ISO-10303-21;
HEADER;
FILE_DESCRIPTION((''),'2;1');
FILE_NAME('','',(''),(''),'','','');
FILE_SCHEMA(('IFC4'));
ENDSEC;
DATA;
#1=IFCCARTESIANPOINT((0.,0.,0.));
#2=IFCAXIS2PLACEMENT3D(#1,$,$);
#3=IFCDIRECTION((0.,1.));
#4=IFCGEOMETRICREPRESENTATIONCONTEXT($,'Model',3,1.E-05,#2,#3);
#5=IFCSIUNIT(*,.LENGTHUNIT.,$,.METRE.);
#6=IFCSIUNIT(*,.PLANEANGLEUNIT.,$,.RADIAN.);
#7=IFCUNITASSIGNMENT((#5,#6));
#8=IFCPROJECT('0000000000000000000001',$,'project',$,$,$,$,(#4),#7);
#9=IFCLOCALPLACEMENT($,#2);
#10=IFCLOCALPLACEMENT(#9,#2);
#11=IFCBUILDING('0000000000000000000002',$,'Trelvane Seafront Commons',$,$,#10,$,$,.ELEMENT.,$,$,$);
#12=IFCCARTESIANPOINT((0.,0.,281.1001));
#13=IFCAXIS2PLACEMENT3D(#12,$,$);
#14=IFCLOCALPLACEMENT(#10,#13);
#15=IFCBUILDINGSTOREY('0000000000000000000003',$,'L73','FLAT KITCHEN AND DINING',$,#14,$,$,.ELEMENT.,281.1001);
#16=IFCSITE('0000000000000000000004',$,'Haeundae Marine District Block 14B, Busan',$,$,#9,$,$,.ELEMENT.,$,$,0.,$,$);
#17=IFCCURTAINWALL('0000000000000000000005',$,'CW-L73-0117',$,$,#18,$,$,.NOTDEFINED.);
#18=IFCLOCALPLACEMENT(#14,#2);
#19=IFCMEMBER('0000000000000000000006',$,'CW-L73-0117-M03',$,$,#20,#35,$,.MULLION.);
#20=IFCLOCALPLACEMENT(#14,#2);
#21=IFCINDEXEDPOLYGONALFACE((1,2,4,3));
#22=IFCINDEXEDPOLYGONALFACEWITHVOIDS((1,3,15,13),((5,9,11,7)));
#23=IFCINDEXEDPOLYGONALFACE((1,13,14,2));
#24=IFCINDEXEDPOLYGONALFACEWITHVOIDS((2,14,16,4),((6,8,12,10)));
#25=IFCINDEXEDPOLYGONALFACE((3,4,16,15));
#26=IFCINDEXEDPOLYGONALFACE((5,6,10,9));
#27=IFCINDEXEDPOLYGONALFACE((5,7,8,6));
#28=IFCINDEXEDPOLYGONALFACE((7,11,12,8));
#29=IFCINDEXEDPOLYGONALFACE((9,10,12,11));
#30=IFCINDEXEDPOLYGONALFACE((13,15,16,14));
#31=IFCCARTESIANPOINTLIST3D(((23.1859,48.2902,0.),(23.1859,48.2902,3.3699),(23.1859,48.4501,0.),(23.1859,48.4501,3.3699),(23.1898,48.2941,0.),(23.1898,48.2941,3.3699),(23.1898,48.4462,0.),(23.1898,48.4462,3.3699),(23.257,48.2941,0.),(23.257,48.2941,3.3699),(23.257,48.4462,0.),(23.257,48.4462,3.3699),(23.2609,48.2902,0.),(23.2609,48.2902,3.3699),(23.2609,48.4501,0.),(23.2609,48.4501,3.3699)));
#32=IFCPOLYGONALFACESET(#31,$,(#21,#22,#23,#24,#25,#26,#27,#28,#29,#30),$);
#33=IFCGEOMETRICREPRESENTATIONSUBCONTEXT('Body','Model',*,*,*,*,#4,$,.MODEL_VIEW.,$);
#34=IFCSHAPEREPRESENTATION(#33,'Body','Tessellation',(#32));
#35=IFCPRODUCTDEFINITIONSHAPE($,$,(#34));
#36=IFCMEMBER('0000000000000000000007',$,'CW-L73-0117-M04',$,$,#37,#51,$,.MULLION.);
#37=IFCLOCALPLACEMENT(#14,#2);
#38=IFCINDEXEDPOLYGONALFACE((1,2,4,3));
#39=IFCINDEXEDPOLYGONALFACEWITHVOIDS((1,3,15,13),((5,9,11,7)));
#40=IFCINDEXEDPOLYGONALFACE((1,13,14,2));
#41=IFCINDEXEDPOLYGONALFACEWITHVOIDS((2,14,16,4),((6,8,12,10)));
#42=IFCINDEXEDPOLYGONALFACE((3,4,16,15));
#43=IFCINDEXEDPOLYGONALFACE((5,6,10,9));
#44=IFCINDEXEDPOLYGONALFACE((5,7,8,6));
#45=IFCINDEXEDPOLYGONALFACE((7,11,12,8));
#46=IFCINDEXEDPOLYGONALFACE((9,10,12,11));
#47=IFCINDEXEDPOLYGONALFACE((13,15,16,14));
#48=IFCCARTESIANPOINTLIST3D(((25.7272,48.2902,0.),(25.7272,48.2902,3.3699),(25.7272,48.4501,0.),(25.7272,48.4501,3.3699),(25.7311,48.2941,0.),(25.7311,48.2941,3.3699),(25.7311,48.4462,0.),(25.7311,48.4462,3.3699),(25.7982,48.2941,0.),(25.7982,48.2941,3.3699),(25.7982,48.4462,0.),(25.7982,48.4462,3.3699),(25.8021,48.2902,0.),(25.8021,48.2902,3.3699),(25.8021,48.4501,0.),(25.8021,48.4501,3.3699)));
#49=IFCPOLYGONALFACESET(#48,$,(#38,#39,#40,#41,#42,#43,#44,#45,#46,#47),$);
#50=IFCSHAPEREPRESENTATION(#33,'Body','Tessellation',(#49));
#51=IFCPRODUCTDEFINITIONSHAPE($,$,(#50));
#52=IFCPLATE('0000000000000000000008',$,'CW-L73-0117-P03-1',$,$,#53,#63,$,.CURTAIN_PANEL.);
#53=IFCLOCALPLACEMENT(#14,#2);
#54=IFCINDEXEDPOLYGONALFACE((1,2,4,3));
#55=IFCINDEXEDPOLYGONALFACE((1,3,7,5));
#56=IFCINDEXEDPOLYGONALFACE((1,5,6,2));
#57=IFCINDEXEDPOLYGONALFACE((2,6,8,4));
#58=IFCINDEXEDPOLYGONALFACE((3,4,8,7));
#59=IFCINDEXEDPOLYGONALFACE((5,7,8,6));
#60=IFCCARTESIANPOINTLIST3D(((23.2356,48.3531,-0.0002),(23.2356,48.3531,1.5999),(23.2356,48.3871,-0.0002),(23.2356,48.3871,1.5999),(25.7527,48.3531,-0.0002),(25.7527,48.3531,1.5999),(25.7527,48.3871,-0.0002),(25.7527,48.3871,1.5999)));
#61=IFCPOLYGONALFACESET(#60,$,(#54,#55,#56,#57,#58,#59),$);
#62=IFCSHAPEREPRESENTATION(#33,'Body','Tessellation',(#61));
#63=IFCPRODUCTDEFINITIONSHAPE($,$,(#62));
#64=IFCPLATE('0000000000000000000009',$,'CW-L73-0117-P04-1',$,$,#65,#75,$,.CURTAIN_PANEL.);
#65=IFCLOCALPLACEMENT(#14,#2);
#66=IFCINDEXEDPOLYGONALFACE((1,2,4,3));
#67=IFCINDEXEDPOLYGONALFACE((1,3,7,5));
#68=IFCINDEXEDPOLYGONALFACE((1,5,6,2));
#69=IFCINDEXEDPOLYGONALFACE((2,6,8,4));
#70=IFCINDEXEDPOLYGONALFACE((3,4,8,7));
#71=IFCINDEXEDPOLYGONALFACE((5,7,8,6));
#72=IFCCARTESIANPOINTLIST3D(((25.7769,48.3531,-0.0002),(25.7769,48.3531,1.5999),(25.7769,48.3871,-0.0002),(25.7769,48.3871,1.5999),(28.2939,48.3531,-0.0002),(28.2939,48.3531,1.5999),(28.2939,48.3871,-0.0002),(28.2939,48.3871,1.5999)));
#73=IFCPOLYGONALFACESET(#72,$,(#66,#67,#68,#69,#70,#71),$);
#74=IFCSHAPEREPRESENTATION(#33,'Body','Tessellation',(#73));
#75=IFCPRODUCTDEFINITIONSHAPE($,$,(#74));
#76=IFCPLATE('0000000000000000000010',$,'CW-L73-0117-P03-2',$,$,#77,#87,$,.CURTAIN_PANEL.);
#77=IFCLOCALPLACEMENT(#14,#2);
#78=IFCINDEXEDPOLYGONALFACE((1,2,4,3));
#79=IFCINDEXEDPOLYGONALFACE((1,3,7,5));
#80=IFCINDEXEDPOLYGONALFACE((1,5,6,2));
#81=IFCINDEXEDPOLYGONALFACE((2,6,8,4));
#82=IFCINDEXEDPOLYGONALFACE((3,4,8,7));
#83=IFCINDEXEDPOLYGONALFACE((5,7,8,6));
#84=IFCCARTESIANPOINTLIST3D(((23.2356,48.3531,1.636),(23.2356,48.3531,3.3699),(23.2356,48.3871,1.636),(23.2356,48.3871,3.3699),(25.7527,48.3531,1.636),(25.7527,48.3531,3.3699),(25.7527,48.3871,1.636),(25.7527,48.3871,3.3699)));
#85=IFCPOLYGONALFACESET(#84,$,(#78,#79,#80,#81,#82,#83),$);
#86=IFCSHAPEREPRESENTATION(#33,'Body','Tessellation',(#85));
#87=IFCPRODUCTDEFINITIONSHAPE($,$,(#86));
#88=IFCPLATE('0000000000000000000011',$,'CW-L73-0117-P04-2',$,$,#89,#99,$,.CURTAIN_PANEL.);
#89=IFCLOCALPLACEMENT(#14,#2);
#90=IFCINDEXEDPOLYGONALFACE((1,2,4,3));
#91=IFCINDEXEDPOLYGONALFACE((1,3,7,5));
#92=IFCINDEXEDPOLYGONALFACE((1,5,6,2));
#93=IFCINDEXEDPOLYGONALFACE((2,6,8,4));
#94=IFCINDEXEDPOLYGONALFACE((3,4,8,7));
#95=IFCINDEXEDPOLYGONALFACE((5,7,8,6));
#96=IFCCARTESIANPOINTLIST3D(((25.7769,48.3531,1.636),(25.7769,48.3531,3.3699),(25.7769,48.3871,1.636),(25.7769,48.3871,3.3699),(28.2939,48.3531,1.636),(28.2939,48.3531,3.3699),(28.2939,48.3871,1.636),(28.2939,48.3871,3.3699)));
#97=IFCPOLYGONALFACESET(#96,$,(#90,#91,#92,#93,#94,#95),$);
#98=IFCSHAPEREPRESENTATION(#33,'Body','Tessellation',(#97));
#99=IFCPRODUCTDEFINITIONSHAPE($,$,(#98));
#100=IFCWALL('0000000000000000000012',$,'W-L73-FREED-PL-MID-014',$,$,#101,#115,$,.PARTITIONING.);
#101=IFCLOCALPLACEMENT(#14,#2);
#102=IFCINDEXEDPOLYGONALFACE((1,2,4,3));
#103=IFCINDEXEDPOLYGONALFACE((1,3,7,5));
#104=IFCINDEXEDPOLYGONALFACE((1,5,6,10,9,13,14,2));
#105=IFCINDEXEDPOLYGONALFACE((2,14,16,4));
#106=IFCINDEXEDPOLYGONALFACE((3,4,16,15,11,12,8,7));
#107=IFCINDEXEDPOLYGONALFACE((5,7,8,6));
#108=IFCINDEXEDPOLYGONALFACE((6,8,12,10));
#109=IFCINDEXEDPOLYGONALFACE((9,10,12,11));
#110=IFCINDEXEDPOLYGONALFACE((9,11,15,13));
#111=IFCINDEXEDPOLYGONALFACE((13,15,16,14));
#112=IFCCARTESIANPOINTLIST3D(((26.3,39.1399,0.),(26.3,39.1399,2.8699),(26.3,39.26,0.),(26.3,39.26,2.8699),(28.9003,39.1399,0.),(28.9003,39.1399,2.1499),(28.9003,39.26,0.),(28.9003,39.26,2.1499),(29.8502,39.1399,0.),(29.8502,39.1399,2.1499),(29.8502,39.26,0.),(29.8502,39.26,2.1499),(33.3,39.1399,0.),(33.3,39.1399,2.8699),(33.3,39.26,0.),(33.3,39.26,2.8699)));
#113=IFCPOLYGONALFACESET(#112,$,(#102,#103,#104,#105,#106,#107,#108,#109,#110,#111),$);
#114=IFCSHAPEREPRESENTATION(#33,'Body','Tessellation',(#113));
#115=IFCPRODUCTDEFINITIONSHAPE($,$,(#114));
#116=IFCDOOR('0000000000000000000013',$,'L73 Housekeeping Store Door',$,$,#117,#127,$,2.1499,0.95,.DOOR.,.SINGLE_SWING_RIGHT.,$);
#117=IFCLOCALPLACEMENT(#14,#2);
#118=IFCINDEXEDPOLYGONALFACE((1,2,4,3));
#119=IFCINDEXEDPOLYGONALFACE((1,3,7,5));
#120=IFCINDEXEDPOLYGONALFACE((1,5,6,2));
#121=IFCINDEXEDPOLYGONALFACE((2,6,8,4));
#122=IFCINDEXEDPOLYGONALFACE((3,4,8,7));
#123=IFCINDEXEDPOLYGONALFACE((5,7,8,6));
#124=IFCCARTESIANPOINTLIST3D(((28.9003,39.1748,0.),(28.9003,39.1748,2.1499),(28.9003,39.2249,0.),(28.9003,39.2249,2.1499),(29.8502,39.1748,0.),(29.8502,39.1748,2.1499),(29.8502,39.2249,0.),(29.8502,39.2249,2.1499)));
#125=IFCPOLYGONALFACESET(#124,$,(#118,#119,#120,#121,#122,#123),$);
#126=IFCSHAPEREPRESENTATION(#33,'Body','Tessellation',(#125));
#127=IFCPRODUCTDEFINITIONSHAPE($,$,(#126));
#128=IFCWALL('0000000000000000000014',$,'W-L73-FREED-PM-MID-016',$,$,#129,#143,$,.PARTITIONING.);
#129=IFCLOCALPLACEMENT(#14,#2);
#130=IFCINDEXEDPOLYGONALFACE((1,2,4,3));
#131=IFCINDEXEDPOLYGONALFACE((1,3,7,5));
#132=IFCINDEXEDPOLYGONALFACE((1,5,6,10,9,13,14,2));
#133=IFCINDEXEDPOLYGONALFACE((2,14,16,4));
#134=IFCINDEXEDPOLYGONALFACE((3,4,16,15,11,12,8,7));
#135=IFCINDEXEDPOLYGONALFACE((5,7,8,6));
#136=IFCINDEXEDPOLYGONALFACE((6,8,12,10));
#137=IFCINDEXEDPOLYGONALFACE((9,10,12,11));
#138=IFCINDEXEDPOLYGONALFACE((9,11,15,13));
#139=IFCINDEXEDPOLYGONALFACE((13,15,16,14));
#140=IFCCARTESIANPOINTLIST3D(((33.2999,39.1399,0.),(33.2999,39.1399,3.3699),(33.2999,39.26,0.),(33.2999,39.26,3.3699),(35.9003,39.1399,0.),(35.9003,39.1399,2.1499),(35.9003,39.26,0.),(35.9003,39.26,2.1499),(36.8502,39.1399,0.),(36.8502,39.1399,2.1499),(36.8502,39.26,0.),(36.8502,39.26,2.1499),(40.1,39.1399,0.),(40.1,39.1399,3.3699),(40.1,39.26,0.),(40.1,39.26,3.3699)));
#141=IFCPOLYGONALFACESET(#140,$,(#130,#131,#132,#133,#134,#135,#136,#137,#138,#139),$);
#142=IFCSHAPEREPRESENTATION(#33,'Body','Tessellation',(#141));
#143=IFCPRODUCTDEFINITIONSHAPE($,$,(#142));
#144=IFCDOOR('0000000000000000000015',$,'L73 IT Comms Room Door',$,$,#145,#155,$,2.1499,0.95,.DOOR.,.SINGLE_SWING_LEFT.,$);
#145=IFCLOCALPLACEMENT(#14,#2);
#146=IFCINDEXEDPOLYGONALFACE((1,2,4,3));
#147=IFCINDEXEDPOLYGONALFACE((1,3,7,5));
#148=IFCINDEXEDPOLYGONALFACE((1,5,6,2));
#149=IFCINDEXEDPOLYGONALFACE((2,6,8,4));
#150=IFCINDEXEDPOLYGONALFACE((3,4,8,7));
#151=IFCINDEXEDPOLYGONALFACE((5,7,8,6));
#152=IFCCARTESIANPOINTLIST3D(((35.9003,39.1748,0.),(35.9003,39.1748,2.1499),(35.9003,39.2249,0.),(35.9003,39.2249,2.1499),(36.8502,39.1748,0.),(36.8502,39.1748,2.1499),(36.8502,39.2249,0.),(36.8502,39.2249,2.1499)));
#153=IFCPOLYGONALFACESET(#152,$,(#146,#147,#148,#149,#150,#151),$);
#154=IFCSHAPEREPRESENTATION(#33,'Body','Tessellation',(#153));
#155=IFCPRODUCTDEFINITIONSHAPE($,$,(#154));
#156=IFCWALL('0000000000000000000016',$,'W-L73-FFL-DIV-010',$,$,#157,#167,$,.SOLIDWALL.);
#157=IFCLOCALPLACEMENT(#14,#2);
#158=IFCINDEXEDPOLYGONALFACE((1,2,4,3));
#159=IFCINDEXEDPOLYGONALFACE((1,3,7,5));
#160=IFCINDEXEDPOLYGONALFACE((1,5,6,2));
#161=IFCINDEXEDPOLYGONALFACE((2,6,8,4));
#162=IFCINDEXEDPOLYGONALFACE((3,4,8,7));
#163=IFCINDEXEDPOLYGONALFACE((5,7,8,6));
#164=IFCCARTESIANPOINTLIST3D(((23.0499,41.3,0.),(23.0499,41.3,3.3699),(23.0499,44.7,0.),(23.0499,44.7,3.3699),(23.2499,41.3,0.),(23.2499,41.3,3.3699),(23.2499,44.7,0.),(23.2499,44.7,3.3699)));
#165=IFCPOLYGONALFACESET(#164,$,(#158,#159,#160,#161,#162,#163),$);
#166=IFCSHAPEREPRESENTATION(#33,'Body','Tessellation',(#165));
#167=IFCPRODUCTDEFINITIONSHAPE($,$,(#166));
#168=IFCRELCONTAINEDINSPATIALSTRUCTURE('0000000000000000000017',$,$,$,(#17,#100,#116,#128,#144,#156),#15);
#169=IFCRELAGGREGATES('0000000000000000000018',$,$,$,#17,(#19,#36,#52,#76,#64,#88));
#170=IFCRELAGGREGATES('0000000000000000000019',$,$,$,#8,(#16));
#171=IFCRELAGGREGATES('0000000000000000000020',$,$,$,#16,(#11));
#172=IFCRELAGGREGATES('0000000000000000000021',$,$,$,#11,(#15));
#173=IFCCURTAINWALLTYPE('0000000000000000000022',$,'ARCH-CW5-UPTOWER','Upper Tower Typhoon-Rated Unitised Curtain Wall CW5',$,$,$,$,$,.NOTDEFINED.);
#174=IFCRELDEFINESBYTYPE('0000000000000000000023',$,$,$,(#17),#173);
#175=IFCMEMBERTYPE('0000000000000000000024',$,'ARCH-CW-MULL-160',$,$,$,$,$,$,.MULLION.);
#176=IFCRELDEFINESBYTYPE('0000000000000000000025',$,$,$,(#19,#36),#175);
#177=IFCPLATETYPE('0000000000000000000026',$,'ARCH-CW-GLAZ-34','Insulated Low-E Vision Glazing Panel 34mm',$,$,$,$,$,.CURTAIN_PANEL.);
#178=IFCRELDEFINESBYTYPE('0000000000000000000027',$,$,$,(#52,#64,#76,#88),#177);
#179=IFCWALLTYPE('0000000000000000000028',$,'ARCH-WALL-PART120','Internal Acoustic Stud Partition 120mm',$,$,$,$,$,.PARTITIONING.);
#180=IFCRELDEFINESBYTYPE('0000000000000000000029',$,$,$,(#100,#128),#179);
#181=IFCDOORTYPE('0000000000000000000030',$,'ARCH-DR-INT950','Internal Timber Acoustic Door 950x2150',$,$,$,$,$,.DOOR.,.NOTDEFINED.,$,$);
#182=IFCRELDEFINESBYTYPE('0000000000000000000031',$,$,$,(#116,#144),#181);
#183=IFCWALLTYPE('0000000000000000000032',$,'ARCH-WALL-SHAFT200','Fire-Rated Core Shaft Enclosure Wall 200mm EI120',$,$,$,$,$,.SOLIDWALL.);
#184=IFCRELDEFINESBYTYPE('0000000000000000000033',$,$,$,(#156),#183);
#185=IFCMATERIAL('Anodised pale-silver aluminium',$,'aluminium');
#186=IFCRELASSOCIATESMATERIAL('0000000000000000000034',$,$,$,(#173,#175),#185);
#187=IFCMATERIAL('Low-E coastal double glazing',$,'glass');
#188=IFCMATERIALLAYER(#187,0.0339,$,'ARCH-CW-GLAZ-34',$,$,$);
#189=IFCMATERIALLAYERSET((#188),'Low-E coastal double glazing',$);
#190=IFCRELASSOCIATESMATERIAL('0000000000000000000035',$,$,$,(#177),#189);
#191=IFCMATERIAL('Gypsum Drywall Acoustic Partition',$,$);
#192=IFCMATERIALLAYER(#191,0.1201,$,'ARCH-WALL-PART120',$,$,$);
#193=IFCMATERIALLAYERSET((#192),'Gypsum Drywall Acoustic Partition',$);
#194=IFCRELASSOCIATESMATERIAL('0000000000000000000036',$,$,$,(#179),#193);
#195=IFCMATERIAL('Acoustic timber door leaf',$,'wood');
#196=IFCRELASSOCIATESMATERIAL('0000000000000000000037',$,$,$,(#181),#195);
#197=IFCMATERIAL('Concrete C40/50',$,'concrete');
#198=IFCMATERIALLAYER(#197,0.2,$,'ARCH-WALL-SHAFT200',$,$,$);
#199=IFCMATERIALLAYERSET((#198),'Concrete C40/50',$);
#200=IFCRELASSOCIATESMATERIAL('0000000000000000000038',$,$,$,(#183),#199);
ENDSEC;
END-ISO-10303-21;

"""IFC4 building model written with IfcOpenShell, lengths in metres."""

from ifc_helpers import new_model, si_unit, direction, frame, frame_2d, origin, origin_2d, place, context, subcontext, project, spatial, rectangle, hollow_rectangle, extrude, source, transform, mapped, material, layer, layer_set, material_profile, profile_set, type_object, element, fill, aggregate, save


model = new_model("IFC4")

# Units and contexts
model_context = context("Model", 3, precision=1e-05, world=origin(), true_north=direction((0.0, 1.0)))
body_context = subcontext(model_context, "Body", "Model", "MODEL_VIEW")
ifc_project = project(units=[si_unit("LENGTHUNIT", "METRE"), si_unit("PLANEANGLEUNIT", "RADIAN")], contexts=[model_context])

# Site, building, storey
site_placement = place(None, origin())
site = spatial("IfcSite", under=ifc_project, at=site_placement, Name="Haeundae Marine District Block 14B, Busan", CompositionType="ELEMENT", RefElevation=0.0)
building_placement = place(site_placement, origin())
building = spatial("IfcBuilding", under=site, at=building_placement, Name="Trelvane Seafront Commons", CompositionType="ELEMENT")
storey_placement = place(building_placement, frame((0.0, 0.0, 281.1001)))
storey = spatial("IfcBuildingStorey", under=building, at=storey_placement, Name="L73", Description="FLAT KITCHEN AND DINING", CompositionType="ELEMENT", Elevation=281.1001)

# Curtain wall, members, plates
ifc_material_1 = material(Name="Anodised pale-silver aluminium", Category="aluminium")
curtain_wall_type = type_object("IfcCurtainWallType", Name="ARCH-CW5-UPTOWER", Description="Upper Tower Typhoon-Rated Unitised Curtain Wall CW5", PredefinedType="NOTDEFINED", material=ifc_material_1)
curtain_wall_placement = place(storey_placement, origin())
curtain_wall = element("IfcCurtainWall", 1, at=curtain_wall_placement, inside=storey, type_object=curtain_wall_type, Name="CW-L73-0117", PredefinedType="NOTDEFINED")
ifc_material_profile_1 = material_profile(ifc_material_1, hollow_rectangle(XDim=0.075, YDim=0.1599, WallThickness=0.0039, at=origin_2d()), Name="MULL-75x160x4")
ifc_profile_set_1 = profile_set([ifc_material_profile_1], Name="Anodised pale-silver aluminium")
member_type_1 = type_object("IfcMemberType", Name="ARCH-CW-MULL-160", PredefinedType="MULLION", material=ifc_profile_set_1)
shared_shape_1 = source(origin(), body_context, "Body", "SweptSolid", [
    extrude(hollow_rectangle(XDim=0.075, YDim=0.1599, WallThickness=0.0039, at=origin_2d()), origin(), (0.0, 0.0, 1.0), 3.3699),
])
member_1_placement = place(storey_placement, frame((23.2234, 48.3701, 0.0), z_axis=(0.0, 0.0, 1.0), x_axis=(1.0, 0.0, 0.0)))
member_1 = element("IfcMember", 2, at=member_1_placement, type_object=member_type_1, Name="CW-L73-0117-M03", PredefinedType="MULLION", context=body_context, shape_type="MappedRepresentation", body=[
    mapped(shared_shape_1, transform((0.0, 0.0, 0.0), x_axis=(1.0, 0.0, 0.0), y_axis=(0.0, 1.0, 0.0), z_axis=(0.0, 0.0, 1.0), scale=1.0)),
])
member_2_placement = place(storey_placement, frame((25.7646, 48.3701, 0.0), z_axis=(0.0, 0.0, 1.0), x_axis=(1.0, 0.0, 0.0)))
member_2 = element("IfcMember", 3, at=member_2_placement, type_object=member_type_1, Name="CW-L73-0117-M04", PredefinedType="MULLION", context=body_context, shape_type="MappedRepresentation", body=[
    mapped(shared_shape_1, transform((0.0, 0.0, 0.0), x_axis=(1.0, 0.0, 0.0), y_axis=(0.0, 1.0, 0.0), z_axis=(0.0, 0.0, 1.0), scale=1.0)),
])
ifc_material_2 = material(Name="Low-E coastal double glazing", Category="glass")
ifc_layer_1 = layer(ifc_material_2, 0.0339, Name="ARCH-CW-GLAZ-34")
ifc_layer_set_1 = layer_set([ifc_layer_1], Name="Low-E coastal double glazing")
plate_type = type_object("IfcPlateType", Name="ARCH-CW-GLAZ-34", Description="Insulated Low-E Vision Glazing Panel 34mm", PredefinedType="CURTAIN_PANEL", material=ifc_layer_set_1)
shared_shape_2 = source(origin(), body_context, "Body", "SweptSolid", [
    extrude(rectangle(XDim=2.5171, YDim=0.0339, at=origin_2d()), origin(), (0.0, 0.0, 1.0), 1.6001),
])
plate_1_placement = place(storey_placement, frame((24.4941, 48.3701, -0.0002), z_axis=(0.0, 0.0, 1.0), x_axis=(1.0, 0.0, 0.0)))
plate_1 = element("IfcPlate", 4, at=plate_1_placement, type_object=plate_type, Name="CW-L73-0117-P03-1", PredefinedType="CURTAIN_PANEL", context=body_context, shape_type="MappedRepresentation", body=[
    mapped(shared_shape_2, transform((0.0, 0.0, 0.0), x_axis=(1.0, 0.0, 0.0), y_axis=(0.0, 1.0, 0.0), z_axis=(0.0, 0.0, 1.0), scale=1.0)),
])
plate_2_placement = place(storey_placement, frame((27.0354, 48.3701, -0.0002), z_axis=(0.0, 0.0, 1.0), x_axis=(1.0, 0.0, 0.0)))
plate_2 = element("IfcPlate", 5, at=plate_2_placement, type_object=plate_type, Name="CW-L73-0117-P04-1", PredefinedType="CURTAIN_PANEL", context=body_context, shape_type="MappedRepresentation", body=[
    mapped(shared_shape_2, transform((0.0, 0.0, 0.0), x_axis=(1.0, 0.0, 0.0), y_axis=(0.0, 1.0, 0.0), z_axis=(0.0, 0.0, 1.0), scale=1.0)),
])
shared_shape_3 = source(origin(), body_context, "Body", "SweptSolid", [
    extrude(rectangle(XDim=2.5171, YDim=0.0339, at=origin_2d()), origin(), (0.0, 0.0, 1.0), 1.7339),
])
plate_3_placement = place(storey_placement, frame((24.4941, 48.3701, 1.636), z_axis=(0.0, 0.0, 1.0), x_axis=(1.0, 0.0, 0.0)))
plate_3 = element("IfcPlate", 6, at=plate_3_placement, type_object=plate_type, Name="CW-L73-0117-P03-2", PredefinedType="CURTAIN_PANEL", context=body_context, shape_type="MappedRepresentation", body=[
    mapped(shared_shape_3, transform((0.0, 0.0, 0.0), x_axis=(1.0, 0.0, 0.0), y_axis=(0.0, 1.0, 0.0), z_axis=(0.0, 0.0, 1.0), scale=1.0)),
])
plate_4_placement = place(storey_placement, frame((27.0354, 48.3701, 1.636), z_axis=(0.0, 0.0, 1.0), x_axis=(1.0, 0.0, 0.0)))
plate_4 = element("IfcPlate", 7, at=plate_4_placement, type_object=plate_type, Name="CW-L73-0117-P04-2", PredefinedType="CURTAIN_PANEL", context=body_context, shape_type="MappedRepresentation", body=[
    mapped(shared_shape_3, transform((0.0, 0.0, 0.0), x_axis=(1.0, 0.0, 0.0), y_axis=(0.0, 1.0, 0.0), z_axis=(0.0, 0.0, 1.0), scale=1.0)),
])
aggregate(curtain_wall, [member_1, member_2, plate_1, plate_3, plate_2, plate_4])

# Walls, openings, doors
ifc_material_3 = material(Name="Concrete C40/50", Category="concrete")
ifc_material_4 = material(Name="Gypsum Drywall Acoustic Partition")
ifc_layer_2 = layer(ifc_material_4, 0.1201, Name="ARCH-WALL-PART120")
ifc_layer_set_2 = layer_set([ifc_layer_2], Name="Gypsum Drywall Acoustic Partition")
wall_type_1 = type_object("IfcWallType", Name="ARCH-WALL-PART120", Description="Internal Acoustic Stud Partition 120mm", PredefinedType="PARTITIONING", material=ifc_layer_set_2)
wall_1_placement = place(storey_placement, frame((26.3, 39.2, 0.0), z_axis=(0.0, 0.0, 1.0), x_axis=(1.0, 0.0, 0.0)))
wall_1 = element("IfcWall", 8, at=wall_1_placement, inside=storey, type_object=wall_type_1, Name="W-L73-FREED-PL-MID-014", PredefinedType="PARTITIONING", context=body_context, shape_type="SweptSolid", body=[
    extrude(rectangle(XDim=7.0, YDim=0.1201, at=frame_2d((3.5, 0.0))), origin(), (0.0, 0.0, 1.0), 2.8699),
])
opening_1_placement = place(wall_1_placement, frame((2.6001, 0.0, 0.0)))
opening_1 = element("IfcOpeningElement", 9, at=opening_1_placement, cuts=wall_1, PredefinedType="OPENING", context=body_context, shape_type="SweptSolid", body=[
    extrude(rectangle(XDim=0.95, YDim=2.1499, at=frame_2d((0.4751, 1.075))), frame((0.0, 0.0701, 0.0), z_axis=(0.0, -1.0, 0.0), x_axis=(1.0, 0.0, 0.0)), (0.0, 0.0, 1.0), 0.1401),
])
ifc_material_5 = material(Name="Acoustic timber door leaf", Category="wood")
door_type_1 = type_object("IfcDoorType", Name="ARCH-DR-INT950", Description="Internal Timber Acoustic Door 950x2150", OperationType="NOTDEFINED", PredefinedType="DOOR", material=ifc_material_5)
shared_shape_4 = source(origin(), body_context, "Body", "SweptSolid", [
    extrude(rectangle(XDim=0.95, YDim=2.1499, at=frame_2d((0.4751, 1.075))), frame((0.0, 0.0249, 0.0), z_axis=(0.0, -1.0, 0.0), x_axis=(1.0, 0.0, 0.0)), (0.0, 0.0, 1.0), 0.05),
])
door_1_placement = place(opening_1_placement, origin())
door_1 = element("IfcDoor", 10, at=door_1_placement, inside=storey, type_object=door_type_1, Name="L73 Housekeeping Store Door", OperationType="SINGLE_SWING_RIGHT", OverallHeight=2.1499, OverallWidth=0.95, PredefinedType="DOOR", context=body_context, shape_type="MappedRepresentation", body=[
    mapped(shared_shape_4, transform((0.0, 0.0, 0.0), x_axis=(1.0, 0.0, 0.0), y_axis=(0.0, 1.0, 0.0), z_axis=(0.0, 0.0, 1.0), scale=1.0)),
])
fill(opening_1, door_1)
wall_2_placement = place(storey_placement, frame((33.3, 39.2, 0.0), z_axis=(0.0, 0.0, 1.0), x_axis=(1.0, 0.0, 0.0)))
wall_2 = element("IfcWall", 11, at=wall_2_placement, inside=storey, type_object=wall_type_1, Name="W-L73-FREED-PM-MID-016", PredefinedType="PARTITIONING", context=body_context, shape_type="SweptSolid", body=[
    extrude(rectangle(XDim=6.8, YDim=0.1201, at=frame_2d((3.3999, 0.0))), origin(), (0.0, 0.0, 1.0), 3.3699),
])
opening_2_placement = place(wall_2_placement, frame((2.6001, 0.0, 0.0)))
opening_2 = element("IfcOpeningElement", 12, at=opening_2_placement, cuts=wall_2, PredefinedType="OPENING", context=body_context, shape_type="SweptSolid", body=[
    extrude(rectangle(XDim=0.95, YDim=2.1499, at=frame_2d((0.4751, 1.075))), frame((0.0, 0.0701, 0.0), z_axis=(0.0, -1.0, 0.0), x_axis=(1.0, 0.0, 0.0)), (0.0, 0.0, 1.0), 0.1401),
])
door_2_placement = place(opening_2_placement, origin())
door_2 = element("IfcDoor", 13, at=door_2_placement, inside=storey, type_object=door_type_1, Name="L73 IT Comms Room Door", OperationType="SINGLE_SWING_LEFT", OverallHeight=2.1499, OverallWidth=0.95, PredefinedType="DOOR", context=body_context, shape_type="MappedRepresentation", body=[
    mapped(shared_shape_4, transform((0.0, 0.0, 0.0), x_axis=(1.0, 0.0, 0.0), y_axis=(0.0, 1.0, 0.0), z_axis=(0.0, 0.0, 1.0), scale=1.0)),
])
fill(opening_2, door_2)

# Wall
ifc_layer_3 = layer(ifc_material_3, 0.2, Name="ARCH-WALL-SHAFT200")
ifc_layer_set_3 = layer_set([ifc_layer_3], Name="Concrete C40/50")
wall_type_2 = type_object("IfcWallType", Name="ARCH-WALL-SHAFT200", Description="Fire-Rated Core Shaft Enclosure Wall 200mm EI120", PredefinedType="SOLIDWALL", material=ifc_layer_set_3)
for number, where, z_axis, x_axis, name in (
    (14, (23.1499, 41.3, 0.0), (0.0, 0.0, 1.0), (0.0, 1.0, 0.0), "W-L73-FFL-DIV-010"),
):
    element("IfcWall", number, at=place(storey_placement, frame(where, z_axis=z_axis, x_axis=x_axis)), inside=storey, type_object=wall_type_2, Name=name, PredefinedType="SOLIDWALL", context=body_context, shape_type="SweptSolid", body=[
        extrude(rectangle(XDim=3.3999, YDim=0.2, at=frame_2d((1.7, 0.0))), origin(), (0.0, 0.0, 1.0), 3.3699),
    ])

save(model, "model.ifc")
